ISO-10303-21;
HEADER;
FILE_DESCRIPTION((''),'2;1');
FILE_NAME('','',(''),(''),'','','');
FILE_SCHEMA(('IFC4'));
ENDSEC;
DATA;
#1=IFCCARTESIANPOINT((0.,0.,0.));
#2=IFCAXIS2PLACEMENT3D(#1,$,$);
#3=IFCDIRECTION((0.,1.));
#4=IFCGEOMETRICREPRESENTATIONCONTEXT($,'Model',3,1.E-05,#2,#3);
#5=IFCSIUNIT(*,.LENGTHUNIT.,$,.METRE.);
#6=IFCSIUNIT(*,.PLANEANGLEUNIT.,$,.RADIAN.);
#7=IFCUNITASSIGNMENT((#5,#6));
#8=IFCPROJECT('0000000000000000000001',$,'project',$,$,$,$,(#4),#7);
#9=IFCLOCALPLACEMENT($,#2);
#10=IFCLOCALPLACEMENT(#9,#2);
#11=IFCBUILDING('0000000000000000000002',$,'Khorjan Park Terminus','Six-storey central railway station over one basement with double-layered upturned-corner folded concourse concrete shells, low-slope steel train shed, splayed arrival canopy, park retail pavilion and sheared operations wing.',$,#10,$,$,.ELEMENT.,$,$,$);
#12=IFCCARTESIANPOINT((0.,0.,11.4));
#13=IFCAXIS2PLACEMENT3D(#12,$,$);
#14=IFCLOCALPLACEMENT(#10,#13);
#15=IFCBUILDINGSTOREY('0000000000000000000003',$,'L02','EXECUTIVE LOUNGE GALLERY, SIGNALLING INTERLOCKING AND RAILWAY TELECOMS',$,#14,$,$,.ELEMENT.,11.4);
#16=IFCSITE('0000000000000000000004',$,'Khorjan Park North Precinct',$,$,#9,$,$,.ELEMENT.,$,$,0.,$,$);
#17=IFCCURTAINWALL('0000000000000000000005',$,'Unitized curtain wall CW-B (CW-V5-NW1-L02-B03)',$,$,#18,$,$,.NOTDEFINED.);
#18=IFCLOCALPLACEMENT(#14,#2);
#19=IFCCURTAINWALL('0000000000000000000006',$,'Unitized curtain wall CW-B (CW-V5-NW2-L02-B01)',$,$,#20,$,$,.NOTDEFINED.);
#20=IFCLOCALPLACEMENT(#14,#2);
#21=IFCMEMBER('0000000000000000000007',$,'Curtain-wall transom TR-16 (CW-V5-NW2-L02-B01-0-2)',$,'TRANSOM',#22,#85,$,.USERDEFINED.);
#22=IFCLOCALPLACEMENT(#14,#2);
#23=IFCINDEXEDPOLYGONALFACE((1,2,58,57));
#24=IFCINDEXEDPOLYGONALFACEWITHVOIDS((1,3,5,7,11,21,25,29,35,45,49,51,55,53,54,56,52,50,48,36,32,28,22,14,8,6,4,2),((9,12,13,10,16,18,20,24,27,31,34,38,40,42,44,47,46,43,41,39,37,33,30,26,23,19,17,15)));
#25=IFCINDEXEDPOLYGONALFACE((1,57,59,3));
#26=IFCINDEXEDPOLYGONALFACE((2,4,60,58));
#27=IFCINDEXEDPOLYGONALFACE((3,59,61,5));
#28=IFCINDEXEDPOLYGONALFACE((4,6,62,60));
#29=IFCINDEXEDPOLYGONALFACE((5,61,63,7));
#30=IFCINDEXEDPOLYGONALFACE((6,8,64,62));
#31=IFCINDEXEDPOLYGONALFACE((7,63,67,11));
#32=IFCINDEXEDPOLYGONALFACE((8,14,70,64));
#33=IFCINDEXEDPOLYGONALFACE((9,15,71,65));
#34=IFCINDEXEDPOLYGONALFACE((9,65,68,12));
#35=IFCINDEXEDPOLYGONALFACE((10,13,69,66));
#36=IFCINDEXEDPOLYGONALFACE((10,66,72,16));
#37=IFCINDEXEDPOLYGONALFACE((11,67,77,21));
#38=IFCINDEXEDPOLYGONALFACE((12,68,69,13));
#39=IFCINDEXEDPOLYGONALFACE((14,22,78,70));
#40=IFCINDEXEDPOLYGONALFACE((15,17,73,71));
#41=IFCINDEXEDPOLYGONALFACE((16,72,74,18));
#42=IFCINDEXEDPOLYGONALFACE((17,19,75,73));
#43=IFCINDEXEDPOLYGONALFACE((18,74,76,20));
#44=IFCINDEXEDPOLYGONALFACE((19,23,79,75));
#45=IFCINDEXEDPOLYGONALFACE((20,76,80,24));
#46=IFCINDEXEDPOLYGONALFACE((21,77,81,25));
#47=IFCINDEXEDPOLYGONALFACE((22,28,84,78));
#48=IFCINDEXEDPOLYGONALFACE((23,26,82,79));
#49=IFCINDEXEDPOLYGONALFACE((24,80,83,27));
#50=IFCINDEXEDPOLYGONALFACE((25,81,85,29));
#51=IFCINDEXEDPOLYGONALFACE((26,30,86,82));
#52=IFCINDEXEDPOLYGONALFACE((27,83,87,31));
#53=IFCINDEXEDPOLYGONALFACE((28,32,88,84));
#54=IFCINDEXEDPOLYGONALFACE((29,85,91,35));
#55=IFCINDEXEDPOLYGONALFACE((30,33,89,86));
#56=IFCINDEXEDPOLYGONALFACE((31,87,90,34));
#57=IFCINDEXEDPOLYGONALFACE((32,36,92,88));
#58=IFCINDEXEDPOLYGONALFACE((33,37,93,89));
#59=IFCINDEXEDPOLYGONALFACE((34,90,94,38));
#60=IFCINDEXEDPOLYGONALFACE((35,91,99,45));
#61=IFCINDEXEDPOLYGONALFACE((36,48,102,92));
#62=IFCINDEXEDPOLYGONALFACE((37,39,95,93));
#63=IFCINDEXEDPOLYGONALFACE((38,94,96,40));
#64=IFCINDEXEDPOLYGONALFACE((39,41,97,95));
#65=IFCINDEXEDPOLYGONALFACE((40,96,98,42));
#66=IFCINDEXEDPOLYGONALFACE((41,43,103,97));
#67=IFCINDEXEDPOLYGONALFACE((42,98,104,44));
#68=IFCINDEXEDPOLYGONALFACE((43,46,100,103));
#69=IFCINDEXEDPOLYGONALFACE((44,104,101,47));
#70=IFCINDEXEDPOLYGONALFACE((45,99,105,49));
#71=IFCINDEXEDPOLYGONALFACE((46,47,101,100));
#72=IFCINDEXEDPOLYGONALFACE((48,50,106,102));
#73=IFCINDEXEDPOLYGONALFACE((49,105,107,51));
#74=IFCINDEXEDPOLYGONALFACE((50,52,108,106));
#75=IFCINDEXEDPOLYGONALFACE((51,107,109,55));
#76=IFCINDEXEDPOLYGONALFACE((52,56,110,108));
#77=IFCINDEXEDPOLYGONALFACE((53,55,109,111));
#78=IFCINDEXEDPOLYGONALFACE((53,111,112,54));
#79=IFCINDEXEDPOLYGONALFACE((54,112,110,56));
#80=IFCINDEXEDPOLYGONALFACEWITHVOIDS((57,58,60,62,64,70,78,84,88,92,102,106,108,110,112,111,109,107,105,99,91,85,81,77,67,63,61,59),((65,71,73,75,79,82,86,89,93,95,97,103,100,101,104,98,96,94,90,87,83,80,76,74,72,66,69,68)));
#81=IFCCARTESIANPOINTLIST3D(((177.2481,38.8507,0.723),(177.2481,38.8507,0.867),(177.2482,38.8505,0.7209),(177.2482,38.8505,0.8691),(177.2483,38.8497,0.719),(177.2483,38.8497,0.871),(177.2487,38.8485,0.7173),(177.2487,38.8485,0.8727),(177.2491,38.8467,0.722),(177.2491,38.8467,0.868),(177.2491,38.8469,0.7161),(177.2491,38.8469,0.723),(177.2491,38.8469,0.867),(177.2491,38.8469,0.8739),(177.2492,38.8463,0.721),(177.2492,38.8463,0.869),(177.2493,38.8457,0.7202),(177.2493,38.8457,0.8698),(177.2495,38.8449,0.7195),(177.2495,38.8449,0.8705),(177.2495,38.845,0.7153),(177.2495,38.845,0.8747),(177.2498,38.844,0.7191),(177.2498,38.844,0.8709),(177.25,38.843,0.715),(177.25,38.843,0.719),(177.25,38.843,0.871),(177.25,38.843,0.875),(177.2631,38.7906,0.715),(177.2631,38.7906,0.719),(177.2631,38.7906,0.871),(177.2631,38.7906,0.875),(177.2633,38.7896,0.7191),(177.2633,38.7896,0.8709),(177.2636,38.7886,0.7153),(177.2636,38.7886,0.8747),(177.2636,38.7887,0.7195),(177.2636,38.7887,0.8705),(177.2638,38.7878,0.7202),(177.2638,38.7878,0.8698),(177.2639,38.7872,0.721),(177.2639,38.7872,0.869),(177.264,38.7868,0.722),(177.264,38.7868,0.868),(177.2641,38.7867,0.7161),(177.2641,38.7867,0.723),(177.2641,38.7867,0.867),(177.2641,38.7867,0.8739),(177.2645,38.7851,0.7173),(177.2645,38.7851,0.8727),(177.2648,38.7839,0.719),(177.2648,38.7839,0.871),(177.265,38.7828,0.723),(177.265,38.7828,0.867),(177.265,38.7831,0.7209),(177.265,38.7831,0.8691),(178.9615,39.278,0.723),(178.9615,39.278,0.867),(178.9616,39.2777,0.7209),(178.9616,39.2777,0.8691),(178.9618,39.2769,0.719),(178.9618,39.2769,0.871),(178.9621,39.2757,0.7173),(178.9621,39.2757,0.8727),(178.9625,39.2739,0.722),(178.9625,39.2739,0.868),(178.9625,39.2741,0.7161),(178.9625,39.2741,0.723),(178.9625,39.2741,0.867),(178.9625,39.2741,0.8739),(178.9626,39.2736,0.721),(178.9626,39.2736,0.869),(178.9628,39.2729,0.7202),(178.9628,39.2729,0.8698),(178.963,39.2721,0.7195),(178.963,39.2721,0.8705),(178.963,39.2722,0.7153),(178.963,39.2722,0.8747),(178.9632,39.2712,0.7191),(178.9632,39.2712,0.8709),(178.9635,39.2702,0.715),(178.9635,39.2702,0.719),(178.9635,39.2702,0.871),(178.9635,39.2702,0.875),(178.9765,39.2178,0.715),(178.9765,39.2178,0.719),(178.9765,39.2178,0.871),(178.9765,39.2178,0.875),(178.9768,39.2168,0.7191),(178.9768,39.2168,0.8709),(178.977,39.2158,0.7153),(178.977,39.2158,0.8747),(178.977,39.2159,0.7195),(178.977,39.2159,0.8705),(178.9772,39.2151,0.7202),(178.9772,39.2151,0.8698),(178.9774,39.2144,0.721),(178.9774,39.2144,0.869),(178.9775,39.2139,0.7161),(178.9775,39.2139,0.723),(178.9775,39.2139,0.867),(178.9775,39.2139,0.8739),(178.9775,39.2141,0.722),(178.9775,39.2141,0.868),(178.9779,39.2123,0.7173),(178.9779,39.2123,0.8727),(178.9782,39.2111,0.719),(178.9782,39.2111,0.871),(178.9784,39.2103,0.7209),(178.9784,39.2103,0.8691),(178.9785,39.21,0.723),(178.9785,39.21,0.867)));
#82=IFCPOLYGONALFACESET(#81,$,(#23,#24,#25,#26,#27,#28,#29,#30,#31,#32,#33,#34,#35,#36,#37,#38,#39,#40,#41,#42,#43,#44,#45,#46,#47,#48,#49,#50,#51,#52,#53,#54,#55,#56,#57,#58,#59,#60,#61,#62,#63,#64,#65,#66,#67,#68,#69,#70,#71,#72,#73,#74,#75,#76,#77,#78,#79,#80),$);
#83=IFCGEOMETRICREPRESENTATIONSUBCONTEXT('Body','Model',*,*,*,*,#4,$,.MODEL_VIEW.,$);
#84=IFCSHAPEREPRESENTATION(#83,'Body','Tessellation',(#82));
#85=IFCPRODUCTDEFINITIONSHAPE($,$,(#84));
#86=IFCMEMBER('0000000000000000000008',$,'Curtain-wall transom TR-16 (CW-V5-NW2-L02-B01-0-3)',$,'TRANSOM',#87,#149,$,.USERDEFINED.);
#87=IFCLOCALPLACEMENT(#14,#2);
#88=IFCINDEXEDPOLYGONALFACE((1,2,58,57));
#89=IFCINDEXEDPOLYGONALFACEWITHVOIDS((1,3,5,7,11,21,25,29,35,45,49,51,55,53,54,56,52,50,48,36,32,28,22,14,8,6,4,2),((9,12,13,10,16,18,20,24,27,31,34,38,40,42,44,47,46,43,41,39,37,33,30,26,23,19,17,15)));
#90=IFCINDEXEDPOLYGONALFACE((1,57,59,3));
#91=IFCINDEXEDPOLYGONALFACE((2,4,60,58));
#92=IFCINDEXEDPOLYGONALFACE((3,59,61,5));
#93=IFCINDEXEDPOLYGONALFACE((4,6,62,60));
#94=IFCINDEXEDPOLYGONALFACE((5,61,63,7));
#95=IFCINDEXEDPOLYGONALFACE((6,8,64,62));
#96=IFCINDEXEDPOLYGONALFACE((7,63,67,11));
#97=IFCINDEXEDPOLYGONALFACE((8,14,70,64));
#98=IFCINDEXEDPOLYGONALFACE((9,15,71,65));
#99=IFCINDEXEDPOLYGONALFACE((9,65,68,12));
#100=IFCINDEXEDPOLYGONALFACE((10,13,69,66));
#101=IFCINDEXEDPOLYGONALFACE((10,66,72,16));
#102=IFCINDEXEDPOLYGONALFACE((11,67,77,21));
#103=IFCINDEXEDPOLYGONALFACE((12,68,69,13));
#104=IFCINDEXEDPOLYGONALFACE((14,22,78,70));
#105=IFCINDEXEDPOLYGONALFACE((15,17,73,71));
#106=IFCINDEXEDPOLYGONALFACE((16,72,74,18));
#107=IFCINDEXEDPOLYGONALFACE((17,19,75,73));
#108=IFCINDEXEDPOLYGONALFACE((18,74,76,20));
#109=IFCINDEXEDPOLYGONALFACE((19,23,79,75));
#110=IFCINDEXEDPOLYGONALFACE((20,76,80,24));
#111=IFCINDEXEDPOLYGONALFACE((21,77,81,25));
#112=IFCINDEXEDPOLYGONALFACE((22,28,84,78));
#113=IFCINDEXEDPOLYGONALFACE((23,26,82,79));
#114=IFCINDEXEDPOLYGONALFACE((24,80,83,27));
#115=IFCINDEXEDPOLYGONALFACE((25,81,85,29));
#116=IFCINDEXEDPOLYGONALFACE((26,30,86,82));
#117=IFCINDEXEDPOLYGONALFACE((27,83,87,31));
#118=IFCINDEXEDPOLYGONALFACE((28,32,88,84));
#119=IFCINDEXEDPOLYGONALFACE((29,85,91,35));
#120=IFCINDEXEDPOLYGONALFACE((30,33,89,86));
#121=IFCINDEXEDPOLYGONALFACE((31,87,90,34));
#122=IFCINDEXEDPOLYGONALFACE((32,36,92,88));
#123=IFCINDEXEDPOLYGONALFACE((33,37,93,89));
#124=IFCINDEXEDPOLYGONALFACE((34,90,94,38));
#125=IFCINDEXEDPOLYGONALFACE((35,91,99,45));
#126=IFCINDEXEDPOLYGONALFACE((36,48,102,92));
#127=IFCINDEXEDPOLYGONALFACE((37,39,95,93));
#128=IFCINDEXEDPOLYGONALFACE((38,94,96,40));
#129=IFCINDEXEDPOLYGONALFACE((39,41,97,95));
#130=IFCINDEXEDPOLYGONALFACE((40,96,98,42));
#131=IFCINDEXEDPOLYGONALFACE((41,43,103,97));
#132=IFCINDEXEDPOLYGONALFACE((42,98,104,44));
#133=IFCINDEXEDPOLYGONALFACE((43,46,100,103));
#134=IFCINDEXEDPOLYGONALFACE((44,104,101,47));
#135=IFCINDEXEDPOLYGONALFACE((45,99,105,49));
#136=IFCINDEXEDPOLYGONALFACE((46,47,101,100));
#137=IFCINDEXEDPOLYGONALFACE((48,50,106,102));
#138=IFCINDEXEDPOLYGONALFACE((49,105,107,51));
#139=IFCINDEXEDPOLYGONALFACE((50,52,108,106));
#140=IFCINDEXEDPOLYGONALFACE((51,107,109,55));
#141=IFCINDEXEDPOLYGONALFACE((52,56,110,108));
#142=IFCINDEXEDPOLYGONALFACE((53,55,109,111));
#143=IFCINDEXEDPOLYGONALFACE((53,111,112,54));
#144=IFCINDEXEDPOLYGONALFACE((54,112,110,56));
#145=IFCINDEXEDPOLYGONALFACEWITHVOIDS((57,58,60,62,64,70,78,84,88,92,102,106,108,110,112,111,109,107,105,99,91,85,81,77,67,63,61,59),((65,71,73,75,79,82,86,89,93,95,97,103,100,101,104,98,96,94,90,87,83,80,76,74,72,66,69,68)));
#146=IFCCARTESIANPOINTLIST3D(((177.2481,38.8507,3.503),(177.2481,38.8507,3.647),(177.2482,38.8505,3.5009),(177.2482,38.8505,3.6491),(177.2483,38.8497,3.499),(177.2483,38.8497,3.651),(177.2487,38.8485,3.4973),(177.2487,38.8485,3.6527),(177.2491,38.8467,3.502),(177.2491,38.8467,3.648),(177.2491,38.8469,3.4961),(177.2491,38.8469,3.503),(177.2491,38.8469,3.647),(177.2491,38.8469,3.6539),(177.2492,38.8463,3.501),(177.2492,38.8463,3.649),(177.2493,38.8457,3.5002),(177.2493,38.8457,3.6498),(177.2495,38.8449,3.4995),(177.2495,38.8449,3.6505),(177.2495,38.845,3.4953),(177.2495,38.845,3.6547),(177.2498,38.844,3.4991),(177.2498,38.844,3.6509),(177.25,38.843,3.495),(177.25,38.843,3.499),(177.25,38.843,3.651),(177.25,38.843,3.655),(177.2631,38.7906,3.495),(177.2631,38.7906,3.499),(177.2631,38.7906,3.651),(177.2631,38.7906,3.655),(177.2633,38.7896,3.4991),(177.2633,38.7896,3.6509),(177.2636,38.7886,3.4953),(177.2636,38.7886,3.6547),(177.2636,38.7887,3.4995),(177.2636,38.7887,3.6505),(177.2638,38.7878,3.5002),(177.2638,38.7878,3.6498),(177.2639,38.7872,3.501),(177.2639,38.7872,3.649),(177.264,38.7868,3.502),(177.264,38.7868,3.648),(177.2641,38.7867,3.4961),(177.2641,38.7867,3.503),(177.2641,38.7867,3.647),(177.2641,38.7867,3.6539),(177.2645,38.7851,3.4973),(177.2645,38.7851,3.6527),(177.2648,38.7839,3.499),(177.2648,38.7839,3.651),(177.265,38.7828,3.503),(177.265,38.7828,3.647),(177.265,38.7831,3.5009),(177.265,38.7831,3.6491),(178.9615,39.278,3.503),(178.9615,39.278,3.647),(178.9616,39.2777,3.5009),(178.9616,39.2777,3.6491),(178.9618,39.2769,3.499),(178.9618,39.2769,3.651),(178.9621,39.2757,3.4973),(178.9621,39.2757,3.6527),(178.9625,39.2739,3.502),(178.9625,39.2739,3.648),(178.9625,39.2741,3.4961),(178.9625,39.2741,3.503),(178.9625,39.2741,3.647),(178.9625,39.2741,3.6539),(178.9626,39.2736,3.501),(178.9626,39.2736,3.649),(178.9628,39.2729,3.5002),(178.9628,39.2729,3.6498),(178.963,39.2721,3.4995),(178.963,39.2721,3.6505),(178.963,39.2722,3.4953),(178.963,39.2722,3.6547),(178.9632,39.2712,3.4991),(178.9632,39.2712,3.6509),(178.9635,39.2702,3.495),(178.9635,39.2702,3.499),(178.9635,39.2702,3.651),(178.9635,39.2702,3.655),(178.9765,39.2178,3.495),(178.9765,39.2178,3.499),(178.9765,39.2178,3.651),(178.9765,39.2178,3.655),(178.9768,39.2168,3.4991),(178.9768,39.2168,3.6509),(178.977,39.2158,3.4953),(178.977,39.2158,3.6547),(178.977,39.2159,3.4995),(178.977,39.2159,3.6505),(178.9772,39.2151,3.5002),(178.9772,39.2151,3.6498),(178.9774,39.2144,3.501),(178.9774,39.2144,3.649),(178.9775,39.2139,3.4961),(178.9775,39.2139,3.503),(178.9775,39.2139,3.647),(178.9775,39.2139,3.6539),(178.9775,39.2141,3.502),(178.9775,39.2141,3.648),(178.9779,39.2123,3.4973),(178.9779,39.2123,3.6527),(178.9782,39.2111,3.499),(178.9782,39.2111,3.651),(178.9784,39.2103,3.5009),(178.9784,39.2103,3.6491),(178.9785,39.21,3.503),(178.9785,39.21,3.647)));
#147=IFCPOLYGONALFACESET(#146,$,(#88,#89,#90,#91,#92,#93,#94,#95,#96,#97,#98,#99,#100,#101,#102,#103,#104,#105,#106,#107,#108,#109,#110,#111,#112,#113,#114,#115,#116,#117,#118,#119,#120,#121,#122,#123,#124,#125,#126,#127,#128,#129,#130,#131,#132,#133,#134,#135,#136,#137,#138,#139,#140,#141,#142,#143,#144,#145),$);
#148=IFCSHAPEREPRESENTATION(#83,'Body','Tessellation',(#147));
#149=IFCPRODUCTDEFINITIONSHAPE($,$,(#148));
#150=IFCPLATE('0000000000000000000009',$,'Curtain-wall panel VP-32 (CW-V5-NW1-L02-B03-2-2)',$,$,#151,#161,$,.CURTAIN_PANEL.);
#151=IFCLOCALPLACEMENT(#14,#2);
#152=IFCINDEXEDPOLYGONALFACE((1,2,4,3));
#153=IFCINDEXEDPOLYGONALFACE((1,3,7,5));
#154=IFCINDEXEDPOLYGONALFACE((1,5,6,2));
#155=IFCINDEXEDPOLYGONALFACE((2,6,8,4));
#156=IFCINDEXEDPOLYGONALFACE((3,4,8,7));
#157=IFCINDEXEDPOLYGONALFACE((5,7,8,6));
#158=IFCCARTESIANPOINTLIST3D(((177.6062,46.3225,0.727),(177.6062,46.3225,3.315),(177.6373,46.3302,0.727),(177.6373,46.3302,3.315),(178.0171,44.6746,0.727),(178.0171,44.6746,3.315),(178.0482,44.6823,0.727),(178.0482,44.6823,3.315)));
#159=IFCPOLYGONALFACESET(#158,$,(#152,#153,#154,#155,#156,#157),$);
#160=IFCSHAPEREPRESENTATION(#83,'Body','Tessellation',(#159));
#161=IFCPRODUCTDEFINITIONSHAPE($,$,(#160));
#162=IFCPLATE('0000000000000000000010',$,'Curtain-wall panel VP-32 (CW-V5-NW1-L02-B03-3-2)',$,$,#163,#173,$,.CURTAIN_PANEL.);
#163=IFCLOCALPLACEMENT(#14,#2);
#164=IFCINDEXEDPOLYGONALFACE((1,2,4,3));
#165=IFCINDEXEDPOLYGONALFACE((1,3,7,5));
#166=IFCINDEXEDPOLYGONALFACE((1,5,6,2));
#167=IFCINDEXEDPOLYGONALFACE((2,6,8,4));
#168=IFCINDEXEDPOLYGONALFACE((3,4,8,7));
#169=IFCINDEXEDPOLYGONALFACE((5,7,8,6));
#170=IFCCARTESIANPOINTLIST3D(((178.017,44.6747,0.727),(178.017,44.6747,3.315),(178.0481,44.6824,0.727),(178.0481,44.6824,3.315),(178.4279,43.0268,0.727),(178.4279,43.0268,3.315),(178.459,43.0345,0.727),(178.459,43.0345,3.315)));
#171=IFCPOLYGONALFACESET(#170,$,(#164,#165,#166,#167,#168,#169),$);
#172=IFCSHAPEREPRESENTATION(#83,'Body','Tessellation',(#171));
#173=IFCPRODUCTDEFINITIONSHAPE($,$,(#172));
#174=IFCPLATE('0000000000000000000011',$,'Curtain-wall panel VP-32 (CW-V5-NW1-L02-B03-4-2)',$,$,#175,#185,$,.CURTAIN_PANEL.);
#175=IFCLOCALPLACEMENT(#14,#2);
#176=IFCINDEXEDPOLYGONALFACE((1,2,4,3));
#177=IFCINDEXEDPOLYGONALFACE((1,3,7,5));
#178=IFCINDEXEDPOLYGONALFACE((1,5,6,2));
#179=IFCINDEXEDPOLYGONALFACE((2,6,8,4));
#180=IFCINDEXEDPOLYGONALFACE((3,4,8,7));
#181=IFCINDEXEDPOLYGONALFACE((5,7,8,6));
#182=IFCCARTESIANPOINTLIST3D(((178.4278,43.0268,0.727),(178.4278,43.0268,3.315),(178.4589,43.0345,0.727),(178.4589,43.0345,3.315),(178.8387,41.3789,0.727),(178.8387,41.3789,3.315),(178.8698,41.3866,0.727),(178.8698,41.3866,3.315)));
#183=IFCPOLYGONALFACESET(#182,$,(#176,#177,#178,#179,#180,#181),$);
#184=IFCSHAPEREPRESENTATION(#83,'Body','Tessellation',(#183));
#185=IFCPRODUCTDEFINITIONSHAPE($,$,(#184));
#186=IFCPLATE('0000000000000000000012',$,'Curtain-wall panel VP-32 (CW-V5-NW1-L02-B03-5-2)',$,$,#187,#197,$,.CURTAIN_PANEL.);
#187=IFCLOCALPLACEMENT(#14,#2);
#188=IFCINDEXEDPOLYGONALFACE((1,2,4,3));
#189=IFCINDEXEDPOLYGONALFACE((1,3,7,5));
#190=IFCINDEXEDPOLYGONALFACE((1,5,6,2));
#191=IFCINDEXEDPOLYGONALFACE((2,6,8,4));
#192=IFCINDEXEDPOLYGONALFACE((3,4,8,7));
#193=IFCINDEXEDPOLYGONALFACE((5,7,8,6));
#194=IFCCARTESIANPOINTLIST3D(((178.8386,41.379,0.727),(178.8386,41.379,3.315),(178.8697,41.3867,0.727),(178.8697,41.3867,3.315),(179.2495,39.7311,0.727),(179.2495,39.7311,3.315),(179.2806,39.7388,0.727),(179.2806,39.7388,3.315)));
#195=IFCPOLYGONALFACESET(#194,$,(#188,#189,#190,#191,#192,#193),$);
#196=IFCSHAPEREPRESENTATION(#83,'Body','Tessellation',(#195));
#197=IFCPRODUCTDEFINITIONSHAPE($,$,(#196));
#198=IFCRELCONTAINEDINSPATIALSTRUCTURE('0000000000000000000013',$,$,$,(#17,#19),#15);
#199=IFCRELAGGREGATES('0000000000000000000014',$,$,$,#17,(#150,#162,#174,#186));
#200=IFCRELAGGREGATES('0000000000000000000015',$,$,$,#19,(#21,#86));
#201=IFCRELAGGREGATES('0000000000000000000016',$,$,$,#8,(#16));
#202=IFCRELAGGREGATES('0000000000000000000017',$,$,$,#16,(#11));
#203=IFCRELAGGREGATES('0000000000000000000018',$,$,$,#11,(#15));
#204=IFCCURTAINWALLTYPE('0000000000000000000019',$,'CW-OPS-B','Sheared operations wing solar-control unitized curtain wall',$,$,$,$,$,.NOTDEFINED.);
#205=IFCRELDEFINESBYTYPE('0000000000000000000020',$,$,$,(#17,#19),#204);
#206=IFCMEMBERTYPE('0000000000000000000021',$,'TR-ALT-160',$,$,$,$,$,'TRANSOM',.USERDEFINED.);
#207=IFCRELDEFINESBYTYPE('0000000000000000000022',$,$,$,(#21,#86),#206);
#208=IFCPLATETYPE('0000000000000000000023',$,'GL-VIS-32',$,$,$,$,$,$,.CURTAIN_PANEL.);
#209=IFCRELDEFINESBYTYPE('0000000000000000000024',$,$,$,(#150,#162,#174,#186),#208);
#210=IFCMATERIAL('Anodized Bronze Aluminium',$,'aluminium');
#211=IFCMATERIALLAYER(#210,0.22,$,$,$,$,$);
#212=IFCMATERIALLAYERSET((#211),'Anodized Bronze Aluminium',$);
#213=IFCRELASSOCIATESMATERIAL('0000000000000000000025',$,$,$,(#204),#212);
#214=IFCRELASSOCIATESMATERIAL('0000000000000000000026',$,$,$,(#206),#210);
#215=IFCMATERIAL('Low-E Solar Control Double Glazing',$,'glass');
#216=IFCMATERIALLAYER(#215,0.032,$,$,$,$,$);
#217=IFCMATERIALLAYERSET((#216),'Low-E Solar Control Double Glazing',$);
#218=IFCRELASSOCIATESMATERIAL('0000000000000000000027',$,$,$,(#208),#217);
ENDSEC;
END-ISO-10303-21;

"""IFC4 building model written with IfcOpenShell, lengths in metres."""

from ifc_helpers import new_model, si_unit, direction, frame, origin, origin_2d, place, context, subcontext, project, spatial, rectangle, hollow_rectangle, extrude, material, layer, layer_set, material_profile, profile_set, type_object, element, aggregate, save


model = new_model("IFC4")

# Units and contexts
model_context = context("Model", 3, precision=1e-05, world=origin(), true_north=direction((0.0, 1.0)))
body_context = subcontext(model_context, "Body", "Model", "MODEL_VIEW")
ifc_project = project(units=[si_unit("LENGTHUNIT", "METRE"), si_unit("PLANEANGLEUNIT", "RADIAN")], contexts=[model_context])

# Site, building, storey
site_placement = place(None, origin())
site = spatial("IfcSite", under=ifc_project, at=site_placement, Name="Khorjan Park North Precinct", CompositionType="ELEMENT", RefElevation=0.0)
building_placement = place(site_placement, origin())
building = spatial("IfcBuilding", under=site, at=building_placement, Name="Khorjan Park Terminus", Description="Six-storey central railway station over one basement with double-layered upturned-corner folded concourse concrete shells, low-slope steel train shed, splayed arrival canopy, park retail pavilion and sheared operations wing.", CompositionType="ELEMENT")
storey_placement = place(building_placement, frame((0.0, 0.0, 11.4)))
storey = spatial("IfcBuildingStorey", under=building, at=storey_placement, Name="L02", Description="EXECUTIVE LOUNGE GALLERY, SIGNALLING INTERLOCKING AND RAILWAY TELECOMS", CompositionType="ELEMENT", Elevation=11.4)

# Curtain wall
ifc_material_1 = material(Name="Anodized Bronze Aluminium", Category="aluminium")
ifc_layer_1 = layer(ifc_material_1, 0.22)
ifc_layer_set_1 = layer_set([ifc_layer_1], Name="Anodized Bronze Aluminium")
curtain_wall_type = type_object("IfcCurtainWallType", Name="CW-OPS-B", Description="Sheared operations wing solar-control unitized curtain wall", PredefinedType="NOTDEFINED", material=ifc_layer_set_1)
curtain_wall_1_placement = place(storey_placement, origin())
curtain_wall_1 = element("IfcCurtainWall", 1, at=curtain_wall_1_placement, inside=storey, type_object=curtain_wall_type, Name="Unitized curtain wall CW-B (CW-V5-NW1-L02-B03)", PredefinedType="NOTDEFINED")

# Curtain wall
curtain_wall_2_placement = place(storey_placement, origin())
curtain_wall_2 = element("IfcCurtainWall", 2, at=curtain_wall_2_placement, inside=storey, type_object=curtain_wall_type, Name="Unitized curtain wall CW-B (CW-V5-NW2-L02-B01)", PredefinedType="NOTDEFINED")

# Members
ifc_material_profile_1 = material_profile(ifc_material_1, hollow_rectangle(XDim=0.07, YDim=0.16, WallThickness=0.004, InnerFilletRadius=0.004, OuterFilletRadius=0.008, at=origin_2d()), Name="ALT 70x160x4")
ifc_profile_set_1 = profile_set([ifc_material_profile_1], Name="Anodized Bronze Aluminium")
member_type_1 = type_object("IfcMemberType", Name="TR-ALT-160", ElementType="TRANSOM", PredefinedType="USERDEFINED", material=ifc_profile_set_1)
member_1_placement = place(storey_placement, frame((178.97, 39.244, 0.795), z_axis=(-0.970296, -0.241923, 0.0), x_axis=(0.241923, -0.970296, 0.0)))
member_1 = element("IfcMember", 3, at=member_1_placement, type_object=member_type_1, Name="Curtain-wall transom TR-16 (CW-V5-NW2-L02-B01-0-2)", ObjectType="TRANSOM", PredefinedType="USERDEFINED", context=body_context, shape_type="SweptSolid", body=[
    extrude(hollow_rectangle(XDim=0.07, YDim=0.16, WallThickness=0.004, InnerFilletRadius=0.004, OuterFilletRadius=0.008, at=origin_2d()), origin(), (0.0, 0.0, 1.0), 1.7659),
])
member_2_placement = place(storey_placement, frame((178.97, 39.244, 3.575), z_axis=(-0.970296, -0.241923, 0.0), x_axis=(0.241923, -0.970296, 0.0)))
member_2 = element("IfcMember", 4, at=member_2_placement, type_object=member_type_1, Name="Curtain-wall transom TR-16 (CW-V5-NW2-L02-B01-0-3)", ObjectType="TRANSOM", PredefinedType="USERDEFINED", context=body_context, shape_type="SweptSolid", body=[
    extrude(hollow_rectangle(XDim=0.07, YDim=0.16, WallThickness=0.004, InnerFilletRadius=0.004, OuterFilletRadius=0.008, at=origin_2d()), origin(), (0.0, 0.0, 1.0), 1.7659),
])

# Plates
ifc_material_2 = material(Name="Low-E Solar Control Double Glazing", Category="glass")
ifc_layer_2 = layer(ifc_material_2, 0.032)
ifc_layer_set_2 = layer_set([ifc_layer_2], Name="Low-E Solar Control Double Glazing")
plate_type_1 = type_object("IfcPlateType", Name="GL-VIS-32", PredefinedType="CURTAIN_PANEL", material=ifc_layer_set_2)
plate_1_placement = place(storey_placement, frame((177.8272, 45.5024, 0.727), z_axis=(0.0, 0.0, 1.0), x_axis=(0.241921, -0.970296, 0.0)))
plate_1 = element("IfcPlate", 5, at=plate_1_placement, type_object=plate_type_1, Name="Curtain-wall panel VP-32 (CW-V5-NW1-L02-B03-2-2)", PredefinedType="CURTAIN_PANEL", context=body_context, shape_type="SweptSolid", body=[
    extrude(rectangle(XDim=1.6983, YDim=0.032, at=origin_2d()), origin(), (0.0, 0.0, 1.0), 2.588),
])
plate_2_placement = place(storey_placement, frame((178.238, 43.8546, 0.727), z_axis=(0.0, 0.0, 1.0), x_axis=(0.241921, -0.970296, 0.0)))
plate_2 = element("IfcPlate", 6, at=plate_2_placement, type_object=plate_type_1, Name="Curtain-wall panel VP-32 (CW-V5-NW1-L02-B03-3-2)", PredefinedType="CURTAIN_PANEL", context=body_context, shape_type="SweptSolid", body=[
    extrude(rectangle(XDim=1.6983, YDim=0.032, at=origin_2d()), origin(), (0.0, 0.0, 1.0), 2.588),
])
plate_3_placement = place(storey_placement, frame((178.6488, 42.2067, 0.727), z_axis=(0.0, 0.0, 1.0), x_axis=(0.241921, -0.970296, 0.0)))
plate_3 = element("IfcPlate", 7, at=plate_3_placement, type_object=plate_type_1, Name="Curtain-wall panel VP-32 (CW-V5-NW1-L02-B03-4-2)", PredefinedType="CURTAIN_PANEL", context=body_context, shape_type="SweptSolid", body=[
    extrude(rectangle(XDim=1.6983, YDim=0.032, at=origin_2d()), origin(), (0.0, 0.0, 1.0), 2.588),
])
plate_4_placement = place(storey_placement, frame((179.0596, 40.5589, 0.727), z_axis=(0.0, 0.0, 1.0), x_axis=(0.241921, -0.970296, 0.0)))
plate_4 = element("IfcPlate", 8, at=plate_4_placement, type_object=plate_type_1, Name="Curtain-wall panel VP-32 (CW-V5-NW1-L02-B03-5-2)", PredefinedType="CURTAIN_PANEL", context=body_context, shape_type="SweptSolid", body=[
    extrude(rectangle(XDim=1.6983, YDim=0.032, at=origin_2d()), origin(), (0.0, 0.0, 1.0), 2.588),
])
aggregate(curtain_wall_1, [plate_1, plate_2, plate_3, plate_4])
aggregate(curtain_wall_2, [member_1, member_2])

save(model, "model.ifc")
